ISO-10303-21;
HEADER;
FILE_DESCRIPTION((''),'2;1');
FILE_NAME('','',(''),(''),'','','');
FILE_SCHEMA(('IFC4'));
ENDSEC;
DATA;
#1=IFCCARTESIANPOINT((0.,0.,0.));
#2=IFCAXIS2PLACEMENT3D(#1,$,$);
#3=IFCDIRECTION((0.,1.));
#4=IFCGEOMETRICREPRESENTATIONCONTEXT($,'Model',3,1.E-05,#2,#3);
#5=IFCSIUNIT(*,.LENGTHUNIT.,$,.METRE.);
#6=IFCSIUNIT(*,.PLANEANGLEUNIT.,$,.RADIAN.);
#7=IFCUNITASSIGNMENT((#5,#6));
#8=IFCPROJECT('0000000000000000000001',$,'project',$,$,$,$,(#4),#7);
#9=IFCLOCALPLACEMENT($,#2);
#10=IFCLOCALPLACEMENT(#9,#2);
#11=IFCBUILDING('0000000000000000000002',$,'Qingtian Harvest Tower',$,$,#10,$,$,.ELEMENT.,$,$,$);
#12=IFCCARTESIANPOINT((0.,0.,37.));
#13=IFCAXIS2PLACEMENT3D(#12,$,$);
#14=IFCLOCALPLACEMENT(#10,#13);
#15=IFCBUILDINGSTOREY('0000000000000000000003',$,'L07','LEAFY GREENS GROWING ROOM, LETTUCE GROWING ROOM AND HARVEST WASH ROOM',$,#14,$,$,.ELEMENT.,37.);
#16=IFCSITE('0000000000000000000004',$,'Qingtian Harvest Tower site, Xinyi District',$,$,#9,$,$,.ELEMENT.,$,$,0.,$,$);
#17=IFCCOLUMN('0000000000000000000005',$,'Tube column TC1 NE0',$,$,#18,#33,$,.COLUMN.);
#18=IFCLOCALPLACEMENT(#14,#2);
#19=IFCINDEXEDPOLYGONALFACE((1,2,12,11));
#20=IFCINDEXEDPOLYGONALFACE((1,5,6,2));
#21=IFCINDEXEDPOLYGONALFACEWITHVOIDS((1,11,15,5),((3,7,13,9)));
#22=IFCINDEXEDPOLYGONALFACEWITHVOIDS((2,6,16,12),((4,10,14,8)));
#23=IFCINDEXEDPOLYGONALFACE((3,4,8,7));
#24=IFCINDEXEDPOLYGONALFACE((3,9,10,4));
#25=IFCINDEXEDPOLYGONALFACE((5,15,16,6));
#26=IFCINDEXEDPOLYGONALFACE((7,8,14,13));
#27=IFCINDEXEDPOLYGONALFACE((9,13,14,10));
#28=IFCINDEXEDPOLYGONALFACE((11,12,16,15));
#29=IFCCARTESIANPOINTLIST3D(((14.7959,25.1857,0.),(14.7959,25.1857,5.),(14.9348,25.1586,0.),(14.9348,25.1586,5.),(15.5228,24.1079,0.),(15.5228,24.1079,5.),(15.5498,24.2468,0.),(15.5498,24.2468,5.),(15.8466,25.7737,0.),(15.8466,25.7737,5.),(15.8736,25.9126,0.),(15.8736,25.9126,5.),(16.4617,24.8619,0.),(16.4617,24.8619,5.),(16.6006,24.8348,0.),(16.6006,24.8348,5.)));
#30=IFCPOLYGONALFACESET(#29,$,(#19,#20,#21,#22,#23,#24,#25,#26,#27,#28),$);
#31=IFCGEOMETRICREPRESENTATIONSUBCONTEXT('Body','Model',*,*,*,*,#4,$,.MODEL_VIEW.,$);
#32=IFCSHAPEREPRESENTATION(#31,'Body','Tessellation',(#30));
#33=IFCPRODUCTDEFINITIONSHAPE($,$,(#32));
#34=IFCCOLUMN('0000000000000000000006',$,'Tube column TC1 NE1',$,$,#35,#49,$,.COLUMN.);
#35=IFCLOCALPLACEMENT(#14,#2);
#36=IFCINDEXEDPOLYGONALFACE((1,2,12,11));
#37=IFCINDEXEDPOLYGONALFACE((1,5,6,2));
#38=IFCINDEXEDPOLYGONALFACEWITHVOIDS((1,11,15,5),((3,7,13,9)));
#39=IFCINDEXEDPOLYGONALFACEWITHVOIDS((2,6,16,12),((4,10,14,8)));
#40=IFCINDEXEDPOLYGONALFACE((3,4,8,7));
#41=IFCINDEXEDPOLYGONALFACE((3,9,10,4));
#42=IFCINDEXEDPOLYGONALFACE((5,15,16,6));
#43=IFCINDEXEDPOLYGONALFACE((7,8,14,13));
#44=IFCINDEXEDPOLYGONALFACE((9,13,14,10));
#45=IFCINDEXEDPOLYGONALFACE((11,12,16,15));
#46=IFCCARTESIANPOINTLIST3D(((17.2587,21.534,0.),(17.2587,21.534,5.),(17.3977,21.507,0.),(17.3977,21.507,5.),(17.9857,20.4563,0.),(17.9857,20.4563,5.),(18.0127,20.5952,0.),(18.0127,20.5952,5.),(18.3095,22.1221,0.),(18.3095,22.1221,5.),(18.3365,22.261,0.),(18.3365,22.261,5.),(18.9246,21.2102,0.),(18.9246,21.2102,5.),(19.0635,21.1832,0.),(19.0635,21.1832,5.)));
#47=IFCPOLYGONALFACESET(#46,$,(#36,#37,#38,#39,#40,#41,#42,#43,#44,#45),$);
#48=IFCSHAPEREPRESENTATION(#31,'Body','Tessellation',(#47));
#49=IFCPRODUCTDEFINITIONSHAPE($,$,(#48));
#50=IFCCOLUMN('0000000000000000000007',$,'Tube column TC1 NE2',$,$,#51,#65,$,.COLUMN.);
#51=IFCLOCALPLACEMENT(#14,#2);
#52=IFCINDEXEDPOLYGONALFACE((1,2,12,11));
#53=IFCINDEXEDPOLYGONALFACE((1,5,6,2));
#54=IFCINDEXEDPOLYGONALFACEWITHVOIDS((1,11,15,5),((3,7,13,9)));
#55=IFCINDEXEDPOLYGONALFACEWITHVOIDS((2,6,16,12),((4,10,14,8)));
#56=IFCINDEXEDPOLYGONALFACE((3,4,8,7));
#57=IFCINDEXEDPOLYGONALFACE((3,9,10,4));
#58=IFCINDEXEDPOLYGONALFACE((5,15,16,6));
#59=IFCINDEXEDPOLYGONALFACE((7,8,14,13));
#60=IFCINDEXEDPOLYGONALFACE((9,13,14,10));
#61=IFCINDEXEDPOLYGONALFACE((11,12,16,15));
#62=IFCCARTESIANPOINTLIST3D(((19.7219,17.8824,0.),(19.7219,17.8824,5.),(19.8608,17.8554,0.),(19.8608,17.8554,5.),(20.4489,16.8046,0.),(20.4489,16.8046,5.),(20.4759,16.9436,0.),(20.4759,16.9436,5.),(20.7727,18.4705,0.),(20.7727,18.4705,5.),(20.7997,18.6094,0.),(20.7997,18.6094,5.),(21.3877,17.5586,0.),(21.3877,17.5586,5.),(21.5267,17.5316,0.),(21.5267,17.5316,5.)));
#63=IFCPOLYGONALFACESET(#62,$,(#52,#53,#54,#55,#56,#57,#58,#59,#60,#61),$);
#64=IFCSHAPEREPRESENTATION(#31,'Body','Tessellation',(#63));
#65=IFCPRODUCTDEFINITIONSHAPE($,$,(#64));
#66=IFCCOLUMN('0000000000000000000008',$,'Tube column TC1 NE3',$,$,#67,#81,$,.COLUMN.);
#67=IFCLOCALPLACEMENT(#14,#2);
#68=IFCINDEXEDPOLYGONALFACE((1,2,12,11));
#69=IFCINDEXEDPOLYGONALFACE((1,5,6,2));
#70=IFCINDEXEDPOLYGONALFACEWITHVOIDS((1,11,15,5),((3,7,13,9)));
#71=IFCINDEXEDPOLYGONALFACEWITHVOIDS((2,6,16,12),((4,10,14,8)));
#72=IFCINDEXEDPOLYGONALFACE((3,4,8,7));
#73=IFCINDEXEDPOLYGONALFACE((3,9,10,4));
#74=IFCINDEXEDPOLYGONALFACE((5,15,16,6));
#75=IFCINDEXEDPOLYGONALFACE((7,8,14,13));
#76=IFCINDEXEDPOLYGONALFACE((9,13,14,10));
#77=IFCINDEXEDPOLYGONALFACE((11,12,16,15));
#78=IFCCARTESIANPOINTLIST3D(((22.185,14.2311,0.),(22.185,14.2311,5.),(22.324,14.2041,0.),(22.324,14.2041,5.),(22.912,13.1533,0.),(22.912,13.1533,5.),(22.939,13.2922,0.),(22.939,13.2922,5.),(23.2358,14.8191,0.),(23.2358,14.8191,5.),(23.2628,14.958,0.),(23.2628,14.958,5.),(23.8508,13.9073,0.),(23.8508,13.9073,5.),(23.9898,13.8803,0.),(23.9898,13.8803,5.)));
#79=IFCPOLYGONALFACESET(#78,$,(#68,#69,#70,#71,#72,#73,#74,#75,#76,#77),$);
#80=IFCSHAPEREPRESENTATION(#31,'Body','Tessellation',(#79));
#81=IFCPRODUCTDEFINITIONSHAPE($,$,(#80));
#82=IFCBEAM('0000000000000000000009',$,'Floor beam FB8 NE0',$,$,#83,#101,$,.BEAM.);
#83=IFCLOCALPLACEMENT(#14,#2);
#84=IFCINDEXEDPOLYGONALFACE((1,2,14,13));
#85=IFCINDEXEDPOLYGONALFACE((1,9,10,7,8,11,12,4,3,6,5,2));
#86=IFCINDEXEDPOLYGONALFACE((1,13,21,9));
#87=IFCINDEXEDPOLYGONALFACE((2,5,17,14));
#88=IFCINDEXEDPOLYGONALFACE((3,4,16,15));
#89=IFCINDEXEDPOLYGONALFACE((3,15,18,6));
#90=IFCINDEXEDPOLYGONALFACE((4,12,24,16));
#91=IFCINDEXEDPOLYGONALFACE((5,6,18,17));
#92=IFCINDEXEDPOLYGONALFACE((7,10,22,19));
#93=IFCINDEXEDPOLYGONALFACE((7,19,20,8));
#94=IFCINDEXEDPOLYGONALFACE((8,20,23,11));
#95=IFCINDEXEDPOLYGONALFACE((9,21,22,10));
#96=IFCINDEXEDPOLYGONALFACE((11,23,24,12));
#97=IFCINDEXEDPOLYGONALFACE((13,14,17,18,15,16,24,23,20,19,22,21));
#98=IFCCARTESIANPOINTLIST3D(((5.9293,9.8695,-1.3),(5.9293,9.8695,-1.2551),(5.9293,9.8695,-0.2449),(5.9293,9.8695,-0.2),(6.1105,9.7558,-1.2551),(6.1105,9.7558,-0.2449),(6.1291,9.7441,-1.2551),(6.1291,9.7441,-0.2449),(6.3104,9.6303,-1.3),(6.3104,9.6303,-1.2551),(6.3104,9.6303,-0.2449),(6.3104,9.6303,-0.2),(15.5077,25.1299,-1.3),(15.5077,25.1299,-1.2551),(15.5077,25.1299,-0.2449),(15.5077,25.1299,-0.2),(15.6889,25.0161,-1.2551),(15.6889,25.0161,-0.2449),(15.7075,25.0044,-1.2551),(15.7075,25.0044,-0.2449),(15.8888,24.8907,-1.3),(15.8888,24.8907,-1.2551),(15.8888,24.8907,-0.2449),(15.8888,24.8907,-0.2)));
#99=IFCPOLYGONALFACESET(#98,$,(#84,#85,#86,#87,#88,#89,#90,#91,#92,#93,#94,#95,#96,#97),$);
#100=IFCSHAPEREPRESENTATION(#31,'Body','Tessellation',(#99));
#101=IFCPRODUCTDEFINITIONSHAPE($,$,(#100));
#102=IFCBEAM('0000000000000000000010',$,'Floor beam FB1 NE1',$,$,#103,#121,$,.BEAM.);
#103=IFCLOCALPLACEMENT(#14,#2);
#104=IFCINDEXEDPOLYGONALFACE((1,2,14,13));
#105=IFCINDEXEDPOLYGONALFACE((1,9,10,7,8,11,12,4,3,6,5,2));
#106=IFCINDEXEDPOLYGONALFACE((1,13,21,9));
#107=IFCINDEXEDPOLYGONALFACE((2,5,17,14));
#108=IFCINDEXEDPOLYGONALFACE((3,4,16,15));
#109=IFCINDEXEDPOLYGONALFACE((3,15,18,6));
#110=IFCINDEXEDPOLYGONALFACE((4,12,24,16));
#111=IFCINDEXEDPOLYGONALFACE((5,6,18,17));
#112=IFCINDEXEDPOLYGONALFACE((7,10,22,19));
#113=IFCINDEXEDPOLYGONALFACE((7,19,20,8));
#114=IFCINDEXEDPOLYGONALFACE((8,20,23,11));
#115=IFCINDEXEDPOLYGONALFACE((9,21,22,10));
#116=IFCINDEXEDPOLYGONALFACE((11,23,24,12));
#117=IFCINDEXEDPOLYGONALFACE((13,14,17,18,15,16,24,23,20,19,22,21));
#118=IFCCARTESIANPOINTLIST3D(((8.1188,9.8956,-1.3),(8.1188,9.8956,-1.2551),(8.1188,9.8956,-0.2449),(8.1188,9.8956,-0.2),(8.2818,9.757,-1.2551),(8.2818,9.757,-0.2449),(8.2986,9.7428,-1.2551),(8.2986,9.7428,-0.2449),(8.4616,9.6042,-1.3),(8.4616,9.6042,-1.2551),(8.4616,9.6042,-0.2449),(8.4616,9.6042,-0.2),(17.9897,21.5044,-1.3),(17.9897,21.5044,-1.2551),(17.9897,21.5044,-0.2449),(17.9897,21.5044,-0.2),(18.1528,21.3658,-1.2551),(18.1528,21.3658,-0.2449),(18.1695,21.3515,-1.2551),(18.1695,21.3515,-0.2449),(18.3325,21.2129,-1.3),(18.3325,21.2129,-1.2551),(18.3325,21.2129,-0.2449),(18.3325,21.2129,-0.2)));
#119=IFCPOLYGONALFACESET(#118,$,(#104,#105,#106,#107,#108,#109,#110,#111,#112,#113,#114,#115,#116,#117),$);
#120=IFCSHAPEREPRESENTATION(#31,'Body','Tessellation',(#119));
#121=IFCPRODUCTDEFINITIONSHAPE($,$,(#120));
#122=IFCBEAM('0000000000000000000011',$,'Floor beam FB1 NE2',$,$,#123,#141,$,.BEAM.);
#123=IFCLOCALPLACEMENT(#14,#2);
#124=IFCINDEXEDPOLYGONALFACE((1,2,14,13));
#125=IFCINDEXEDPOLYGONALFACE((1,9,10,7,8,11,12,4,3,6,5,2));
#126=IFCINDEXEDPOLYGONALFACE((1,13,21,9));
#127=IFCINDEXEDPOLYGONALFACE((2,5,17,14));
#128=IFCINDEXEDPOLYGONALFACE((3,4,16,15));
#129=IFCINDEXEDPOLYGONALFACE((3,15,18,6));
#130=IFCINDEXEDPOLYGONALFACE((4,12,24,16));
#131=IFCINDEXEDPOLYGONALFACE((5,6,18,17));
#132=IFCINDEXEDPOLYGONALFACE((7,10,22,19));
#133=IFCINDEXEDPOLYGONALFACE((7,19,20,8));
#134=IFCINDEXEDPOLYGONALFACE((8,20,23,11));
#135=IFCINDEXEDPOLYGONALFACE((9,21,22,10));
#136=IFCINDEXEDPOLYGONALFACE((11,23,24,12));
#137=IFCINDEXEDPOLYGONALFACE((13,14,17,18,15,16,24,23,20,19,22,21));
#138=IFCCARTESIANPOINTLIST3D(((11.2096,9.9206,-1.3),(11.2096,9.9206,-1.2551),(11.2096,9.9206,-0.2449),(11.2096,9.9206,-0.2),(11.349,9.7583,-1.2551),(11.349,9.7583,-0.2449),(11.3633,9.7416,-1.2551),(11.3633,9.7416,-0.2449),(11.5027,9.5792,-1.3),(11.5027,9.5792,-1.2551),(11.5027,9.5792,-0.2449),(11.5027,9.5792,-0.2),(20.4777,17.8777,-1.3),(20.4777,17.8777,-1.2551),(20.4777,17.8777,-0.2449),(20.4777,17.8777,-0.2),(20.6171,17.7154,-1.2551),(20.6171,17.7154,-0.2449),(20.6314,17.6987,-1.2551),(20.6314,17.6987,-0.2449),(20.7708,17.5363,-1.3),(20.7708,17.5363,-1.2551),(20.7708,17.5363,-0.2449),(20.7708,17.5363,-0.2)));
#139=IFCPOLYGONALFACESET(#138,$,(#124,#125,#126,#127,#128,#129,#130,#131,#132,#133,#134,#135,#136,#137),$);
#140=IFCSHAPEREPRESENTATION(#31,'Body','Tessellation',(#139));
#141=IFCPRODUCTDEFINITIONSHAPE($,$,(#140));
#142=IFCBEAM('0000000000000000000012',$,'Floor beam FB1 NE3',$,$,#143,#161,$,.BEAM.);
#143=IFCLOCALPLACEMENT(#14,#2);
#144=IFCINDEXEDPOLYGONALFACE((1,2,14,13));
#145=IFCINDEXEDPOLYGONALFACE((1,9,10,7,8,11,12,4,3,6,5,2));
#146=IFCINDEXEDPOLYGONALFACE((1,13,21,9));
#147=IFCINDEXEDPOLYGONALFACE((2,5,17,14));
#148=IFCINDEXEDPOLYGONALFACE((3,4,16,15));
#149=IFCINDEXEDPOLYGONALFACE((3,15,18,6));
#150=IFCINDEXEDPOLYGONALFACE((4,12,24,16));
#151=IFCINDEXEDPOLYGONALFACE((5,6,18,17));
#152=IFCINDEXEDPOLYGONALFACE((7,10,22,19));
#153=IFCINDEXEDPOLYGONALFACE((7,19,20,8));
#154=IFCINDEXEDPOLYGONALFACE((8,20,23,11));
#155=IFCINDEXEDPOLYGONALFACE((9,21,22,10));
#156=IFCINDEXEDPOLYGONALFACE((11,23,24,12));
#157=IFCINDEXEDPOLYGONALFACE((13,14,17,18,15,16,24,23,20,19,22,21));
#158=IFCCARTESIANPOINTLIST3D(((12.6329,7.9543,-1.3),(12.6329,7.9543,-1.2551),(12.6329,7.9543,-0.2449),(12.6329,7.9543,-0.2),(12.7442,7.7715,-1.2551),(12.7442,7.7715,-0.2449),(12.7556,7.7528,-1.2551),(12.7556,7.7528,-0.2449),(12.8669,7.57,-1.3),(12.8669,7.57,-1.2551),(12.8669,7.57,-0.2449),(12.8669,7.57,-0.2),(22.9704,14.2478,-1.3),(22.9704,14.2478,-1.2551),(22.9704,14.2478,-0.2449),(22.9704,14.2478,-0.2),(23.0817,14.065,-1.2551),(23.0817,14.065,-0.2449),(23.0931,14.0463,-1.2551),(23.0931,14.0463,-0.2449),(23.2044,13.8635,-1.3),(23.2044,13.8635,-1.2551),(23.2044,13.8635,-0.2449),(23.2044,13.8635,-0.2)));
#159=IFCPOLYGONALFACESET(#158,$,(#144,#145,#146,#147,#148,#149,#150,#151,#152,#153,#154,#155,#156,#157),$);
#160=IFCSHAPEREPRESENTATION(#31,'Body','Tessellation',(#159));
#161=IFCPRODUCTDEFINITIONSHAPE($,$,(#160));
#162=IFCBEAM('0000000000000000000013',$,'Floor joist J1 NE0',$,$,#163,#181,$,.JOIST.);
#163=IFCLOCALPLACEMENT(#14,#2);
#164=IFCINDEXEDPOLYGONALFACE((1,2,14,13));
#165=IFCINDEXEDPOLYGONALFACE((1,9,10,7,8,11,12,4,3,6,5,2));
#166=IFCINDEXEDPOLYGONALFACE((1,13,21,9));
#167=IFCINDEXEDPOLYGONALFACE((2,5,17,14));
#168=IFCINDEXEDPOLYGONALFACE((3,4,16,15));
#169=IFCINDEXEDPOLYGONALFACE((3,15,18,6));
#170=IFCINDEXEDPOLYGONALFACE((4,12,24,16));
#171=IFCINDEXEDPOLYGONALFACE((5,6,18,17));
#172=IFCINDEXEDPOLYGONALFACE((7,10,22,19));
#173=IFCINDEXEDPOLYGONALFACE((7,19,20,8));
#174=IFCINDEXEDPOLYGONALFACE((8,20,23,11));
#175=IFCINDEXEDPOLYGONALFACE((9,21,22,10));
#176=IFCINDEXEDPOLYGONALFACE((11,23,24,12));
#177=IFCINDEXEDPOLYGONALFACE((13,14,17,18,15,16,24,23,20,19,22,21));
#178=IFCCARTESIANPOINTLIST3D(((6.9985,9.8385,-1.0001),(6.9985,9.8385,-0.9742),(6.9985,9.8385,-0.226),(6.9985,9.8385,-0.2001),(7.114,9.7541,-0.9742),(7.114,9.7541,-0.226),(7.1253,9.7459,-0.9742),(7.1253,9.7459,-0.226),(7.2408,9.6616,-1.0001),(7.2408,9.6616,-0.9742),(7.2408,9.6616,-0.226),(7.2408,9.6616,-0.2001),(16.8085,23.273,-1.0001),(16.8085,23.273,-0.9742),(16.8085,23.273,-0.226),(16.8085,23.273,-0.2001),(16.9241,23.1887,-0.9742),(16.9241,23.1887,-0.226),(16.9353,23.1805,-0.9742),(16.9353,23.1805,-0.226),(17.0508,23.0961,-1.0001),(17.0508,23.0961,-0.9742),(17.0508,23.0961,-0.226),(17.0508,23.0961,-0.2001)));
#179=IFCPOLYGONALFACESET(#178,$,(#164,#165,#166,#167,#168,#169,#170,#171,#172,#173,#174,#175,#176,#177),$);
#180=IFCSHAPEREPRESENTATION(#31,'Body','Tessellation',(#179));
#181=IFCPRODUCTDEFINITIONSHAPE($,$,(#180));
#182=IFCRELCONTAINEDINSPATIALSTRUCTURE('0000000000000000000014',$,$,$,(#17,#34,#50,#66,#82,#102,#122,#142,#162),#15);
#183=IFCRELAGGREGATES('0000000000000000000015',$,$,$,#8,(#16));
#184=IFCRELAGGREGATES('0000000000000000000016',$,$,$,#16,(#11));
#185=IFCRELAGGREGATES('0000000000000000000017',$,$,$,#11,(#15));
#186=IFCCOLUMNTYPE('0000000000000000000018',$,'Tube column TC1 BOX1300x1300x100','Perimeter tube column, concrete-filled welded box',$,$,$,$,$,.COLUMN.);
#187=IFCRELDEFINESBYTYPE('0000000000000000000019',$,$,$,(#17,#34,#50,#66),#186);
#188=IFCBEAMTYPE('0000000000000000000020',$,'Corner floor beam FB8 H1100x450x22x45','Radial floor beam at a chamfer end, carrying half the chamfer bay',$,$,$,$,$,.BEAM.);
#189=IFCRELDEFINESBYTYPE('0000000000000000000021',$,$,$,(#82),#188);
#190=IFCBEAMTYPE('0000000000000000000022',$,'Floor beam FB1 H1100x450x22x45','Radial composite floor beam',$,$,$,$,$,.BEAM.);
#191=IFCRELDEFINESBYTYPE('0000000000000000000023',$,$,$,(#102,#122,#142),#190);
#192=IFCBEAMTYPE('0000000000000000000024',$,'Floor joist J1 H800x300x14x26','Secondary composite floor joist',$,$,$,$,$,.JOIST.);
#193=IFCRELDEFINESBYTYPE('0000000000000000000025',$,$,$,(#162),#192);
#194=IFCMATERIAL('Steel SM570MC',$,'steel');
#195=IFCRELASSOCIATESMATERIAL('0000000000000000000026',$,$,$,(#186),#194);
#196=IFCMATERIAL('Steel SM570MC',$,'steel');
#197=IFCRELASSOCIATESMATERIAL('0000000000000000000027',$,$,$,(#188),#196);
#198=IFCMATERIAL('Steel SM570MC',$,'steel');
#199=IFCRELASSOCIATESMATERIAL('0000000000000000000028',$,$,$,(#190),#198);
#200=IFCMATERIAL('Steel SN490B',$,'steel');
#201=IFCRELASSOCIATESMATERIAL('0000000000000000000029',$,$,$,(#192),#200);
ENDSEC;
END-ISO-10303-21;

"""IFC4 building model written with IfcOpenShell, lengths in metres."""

from ifc_helpers import new_model, si_unit, direction, frame, origin, origin_2d, place, context, subcontext, project, spatial, hollow_rectangle, i_section, extrude, material, material_profile, profile_set, type_object, element, save


model = new_model("IFC4")

# Units and contexts
model_context = context("Model", 3, precision=1e-05, world=origin(), true_north=direction((0.0, 1.0)))
body_context = subcontext(model_context, "Body", "Model", "MODEL_VIEW")
ifc_project = project(units=[si_unit("LENGTHUNIT", "METRE"), si_unit("PLANEANGLEUNIT", "RADIAN")], contexts=[model_context])

# Site, building, storey
site_placement = place(None, origin())
site = spatial("IfcSite", under=ifc_project, at=site_placement, Name="Qingtian Harvest Tower site, Xinyi District", CompositionType="ELEMENT", RefElevation=0.0)
building_placement = place(site_placement, origin())
building = spatial("IfcBuilding", under=site, at=building_placement, Name="Qingtian Harvest Tower", CompositionType="ELEMENT")
storey_placement = place(building_placement, frame((0.0, 0.0, 37.0)))
storey = spatial("IfcBuildingStorey", under=building, at=storey_placement, Name="L07", Description="LEAFY GREENS GROWING ROOM, LETTUCE GROWING ROOM AND HARVEST WASH ROOM", CompositionType="ELEMENT", Elevation=37.0)

# Columns
ifc_material_1 = material(Name="Steel SM570MC", Category="steel")
ifc_material_profile_1 = material_profile(ifc_material_1, hollow_rectangle(XDim=1.3, YDim=1.3, WallThickness=0.1001, at=origin_2d()), Name="BOX1300x1300x100")
ifc_profile_set_1 = profile_set([ifc_material_profile_1], Name="Steel SM570MC")
column_type = type_object("IfcColumnType", Name="Tube column TC1 BOX1300x1300x100", Description="Perimeter tube column, concrete-filled welded box", PredefinedType="COLUMN", material=ifc_profile_set_1)
for number, where, z_axis, x_axis, name in (
    (1, (15.6982, 25.0103, 0.0), (0.0, 0.0, 1.0), (-0.559193, 0.829038, 0.0), "Tube column TC1 NE0"),
    (2, (18.1611, 21.3586, 0.0), (0.0, 0.0, 1.0), (-0.559193, 0.829038, 0.0), "Tube column TC1 NE1"),
    (3, (20.6243, 17.707, 0.0), (0.0, 0.0, 1.0), (-0.559193, 0.829038, 0.0), "Tube column TC1 NE2"),
    (4, (23.0874, 14.0557, 0.0), (0.0, 0.0, 1.0), (-0.559193, 0.829038, 0.0), "Tube column TC1 NE3"),
):
    element("IfcColumn", number, at=place(storey_placement, frame(where, z_axis=z_axis, x_axis=x_axis)), inside=storey, type_object=column_type, Name=name, PredefinedType="COLUMN", context=body_context, shape_type="SweptSolid", body=[
        extrude(hollow_rectangle(XDim=1.3, YDim=1.3, WallThickness=0.1001, at=origin_2d()), origin(), (0.0, 0.0, 1.0), 5.0),
    ])

# Beams
ifc_material_2 = material(Name="Steel SM570MC", Category="steel")
ifc_material_profile_2 = material_profile(ifc_material_2, i_section(OverallWidth=0.45, OverallDepth=1.1001, WebThickness=0.022, FlangeThickness=0.0449, at=origin_2d()), Name="H1100x450x22x45")
ifc_profile_set_2 = profile_set([ifc_material_profile_2], Name="Steel SM570MC")
beam_type_1 = type_object("IfcBeamType", Name="Corner floor beam FB8 H1100x450x22x45", Description="Radial floor beam at a chamfer end, carrying half the chamfer bay", PredefinedType="BEAM", material=ifc_profile_set_2)
beam_1_placement = place(storey_placement, frame((15.6982, 25.0103, -0.75), z_axis=(-0.531623, -0.846981, 0.0), x_axis=(0.846981, -0.531623, 0.0)))
element("IfcBeam", 5, at=beam_1_placement, inside=storey, type_object=beam_type_1, Name="Floor beam FB8 NE0", PredefinedType="BEAM", context=body_context, shape_type="SweptSolid", body=[
    extrude(i_section(OverallWidth=0.45, OverallDepth=1.1001, WebThickness=0.022, FlangeThickness=0.0449, at=origin_2d()), origin(), (0.0, 0.0, 1.0), 18.0173),
])
ifc_material_3 = material(Name="Steel SM570MC", Category="steel")
ifc_material_profile_3 = material_profile(ifc_material_3, i_section(OverallWidth=0.45, OverallDepth=1.1001, WebThickness=0.022, FlangeThickness=0.0449, at=origin_2d()), Name="H1100x450x22x45")
ifc_profile_set_3 = profile_set([ifc_material_profile_3], Name="Steel SM570MC")
beam_type_2 = type_object("IfcBeamType", Name="Floor beam FB1 H1100x450x22x45", Description="Radial composite floor beam", PredefinedType="BEAM", material=ifc_profile_set_3)
beam_2_placement = place(storey_placement, frame((18.1611, 21.3586, -0.75), z_axis=(-0.647782, -0.761826, 0.0), x_axis=(0.761826, -0.647782, 0.0)))
element("IfcBeam", 6, at=beam_2_placement, inside=storey, type_object=beam_type_2, Name="Floor beam FB1 NE1", PredefinedType="BEAM", context=body_context, shape_type="SweptSolid", body=[
    extrude(i_section(OverallWidth=0.45, OverallDepth=1.1001, WebThickness=0.022, FlangeThickness=0.0449, at=origin_2d()), origin(), (0.0, 0.0, 1.0), 15.238),
])
beam_3_placement = place(storey_placement, frame((20.6243, 17.707, -0.75), z_axis=(-0.758732, -0.651403, 0.0), x_axis=(0.651403, -0.758732, 0.0)))
element("IfcBeam", 7, at=beam_3_placement, inside=storey, type_object=beam_type_2, Name="Floor beam FB1 NE2", PredefinedType="BEAM", context=body_context, shape_type="SweptSolid", body=[
    extrude(i_section(OverallWidth=0.45, OverallDepth=1.1001, WebThickness=0.022, FlangeThickness=0.0449, at=origin_2d()), origin(), (0.0, 0.0, 1.0), 12.2153),
])
beam_4_placement = place(storey_placement, frame((23.0874, 14.0557, -0.75), z_axis=(-0.854157, -0.520015, 0.0), x_axis=(0.520015, -0.854157, 0.0)))
element("IfcBeam", 8, at=beam_4_placement, inside=storey, type_object=beam_type_2, Name="Floor beam FB1 NE3", PredefinedType="BEAM", context=body_context, shape_type="SweptSolid", body=[
    extrude(i_section(OverallWidth=0.45, OverallDepth=1.1001, WebThickness=0.022, FlangeThickness=0.0449, at=origin_2d()), origin(), (0.0, 0.0, 1.0), 12.1025),
])
ifc_material_4 = material(Name="Steel SN490B", Category="steel")
ifc_material_profile_4 = material_profile(ifc_material_4, i_section(OverallWidth=0.3, OverallDepth=0.8, WebThickness=0.0139, FlangeThickness=0.0259, at=origin_2d()), Name="H800x300x14x26")
ifc_profile_set_4 = profile_set([ifc_material_profile_4], Name="Steel SN490B")
beam_type_3 = type_object("IfcBeamType", Name="Floor joist J1 H800x300x14x26", Description="Secondary composite floor joist", PredefinedType="JOIST", material=ifc_profile_set_4)
beam_5_placement = place(storey_placement, frame((16.9297, 23.1846, -0.6001), z_axis=(-0.589722, -0.807606, 0.0), x_axis=(0.807606, -0.589722, 0.0)))
element("IfcBeam", 9, at=beam_5_placement, inside=storey, type_object=beam_type_3, Name="Floor joist J1 NE0", PredefinedType="JOIST", context=body_context, shape_type="SweptSolid", body=[
    extrude(i_section(OverallWidth=0.3, OverallDepth=0.8, WebThickness=0.0139, FlangeThickness=0.0259, at=origin_2d()), origin(), (0.0, 0.0, 1.0), 16.635),
])

save(model, "model.ifc")
